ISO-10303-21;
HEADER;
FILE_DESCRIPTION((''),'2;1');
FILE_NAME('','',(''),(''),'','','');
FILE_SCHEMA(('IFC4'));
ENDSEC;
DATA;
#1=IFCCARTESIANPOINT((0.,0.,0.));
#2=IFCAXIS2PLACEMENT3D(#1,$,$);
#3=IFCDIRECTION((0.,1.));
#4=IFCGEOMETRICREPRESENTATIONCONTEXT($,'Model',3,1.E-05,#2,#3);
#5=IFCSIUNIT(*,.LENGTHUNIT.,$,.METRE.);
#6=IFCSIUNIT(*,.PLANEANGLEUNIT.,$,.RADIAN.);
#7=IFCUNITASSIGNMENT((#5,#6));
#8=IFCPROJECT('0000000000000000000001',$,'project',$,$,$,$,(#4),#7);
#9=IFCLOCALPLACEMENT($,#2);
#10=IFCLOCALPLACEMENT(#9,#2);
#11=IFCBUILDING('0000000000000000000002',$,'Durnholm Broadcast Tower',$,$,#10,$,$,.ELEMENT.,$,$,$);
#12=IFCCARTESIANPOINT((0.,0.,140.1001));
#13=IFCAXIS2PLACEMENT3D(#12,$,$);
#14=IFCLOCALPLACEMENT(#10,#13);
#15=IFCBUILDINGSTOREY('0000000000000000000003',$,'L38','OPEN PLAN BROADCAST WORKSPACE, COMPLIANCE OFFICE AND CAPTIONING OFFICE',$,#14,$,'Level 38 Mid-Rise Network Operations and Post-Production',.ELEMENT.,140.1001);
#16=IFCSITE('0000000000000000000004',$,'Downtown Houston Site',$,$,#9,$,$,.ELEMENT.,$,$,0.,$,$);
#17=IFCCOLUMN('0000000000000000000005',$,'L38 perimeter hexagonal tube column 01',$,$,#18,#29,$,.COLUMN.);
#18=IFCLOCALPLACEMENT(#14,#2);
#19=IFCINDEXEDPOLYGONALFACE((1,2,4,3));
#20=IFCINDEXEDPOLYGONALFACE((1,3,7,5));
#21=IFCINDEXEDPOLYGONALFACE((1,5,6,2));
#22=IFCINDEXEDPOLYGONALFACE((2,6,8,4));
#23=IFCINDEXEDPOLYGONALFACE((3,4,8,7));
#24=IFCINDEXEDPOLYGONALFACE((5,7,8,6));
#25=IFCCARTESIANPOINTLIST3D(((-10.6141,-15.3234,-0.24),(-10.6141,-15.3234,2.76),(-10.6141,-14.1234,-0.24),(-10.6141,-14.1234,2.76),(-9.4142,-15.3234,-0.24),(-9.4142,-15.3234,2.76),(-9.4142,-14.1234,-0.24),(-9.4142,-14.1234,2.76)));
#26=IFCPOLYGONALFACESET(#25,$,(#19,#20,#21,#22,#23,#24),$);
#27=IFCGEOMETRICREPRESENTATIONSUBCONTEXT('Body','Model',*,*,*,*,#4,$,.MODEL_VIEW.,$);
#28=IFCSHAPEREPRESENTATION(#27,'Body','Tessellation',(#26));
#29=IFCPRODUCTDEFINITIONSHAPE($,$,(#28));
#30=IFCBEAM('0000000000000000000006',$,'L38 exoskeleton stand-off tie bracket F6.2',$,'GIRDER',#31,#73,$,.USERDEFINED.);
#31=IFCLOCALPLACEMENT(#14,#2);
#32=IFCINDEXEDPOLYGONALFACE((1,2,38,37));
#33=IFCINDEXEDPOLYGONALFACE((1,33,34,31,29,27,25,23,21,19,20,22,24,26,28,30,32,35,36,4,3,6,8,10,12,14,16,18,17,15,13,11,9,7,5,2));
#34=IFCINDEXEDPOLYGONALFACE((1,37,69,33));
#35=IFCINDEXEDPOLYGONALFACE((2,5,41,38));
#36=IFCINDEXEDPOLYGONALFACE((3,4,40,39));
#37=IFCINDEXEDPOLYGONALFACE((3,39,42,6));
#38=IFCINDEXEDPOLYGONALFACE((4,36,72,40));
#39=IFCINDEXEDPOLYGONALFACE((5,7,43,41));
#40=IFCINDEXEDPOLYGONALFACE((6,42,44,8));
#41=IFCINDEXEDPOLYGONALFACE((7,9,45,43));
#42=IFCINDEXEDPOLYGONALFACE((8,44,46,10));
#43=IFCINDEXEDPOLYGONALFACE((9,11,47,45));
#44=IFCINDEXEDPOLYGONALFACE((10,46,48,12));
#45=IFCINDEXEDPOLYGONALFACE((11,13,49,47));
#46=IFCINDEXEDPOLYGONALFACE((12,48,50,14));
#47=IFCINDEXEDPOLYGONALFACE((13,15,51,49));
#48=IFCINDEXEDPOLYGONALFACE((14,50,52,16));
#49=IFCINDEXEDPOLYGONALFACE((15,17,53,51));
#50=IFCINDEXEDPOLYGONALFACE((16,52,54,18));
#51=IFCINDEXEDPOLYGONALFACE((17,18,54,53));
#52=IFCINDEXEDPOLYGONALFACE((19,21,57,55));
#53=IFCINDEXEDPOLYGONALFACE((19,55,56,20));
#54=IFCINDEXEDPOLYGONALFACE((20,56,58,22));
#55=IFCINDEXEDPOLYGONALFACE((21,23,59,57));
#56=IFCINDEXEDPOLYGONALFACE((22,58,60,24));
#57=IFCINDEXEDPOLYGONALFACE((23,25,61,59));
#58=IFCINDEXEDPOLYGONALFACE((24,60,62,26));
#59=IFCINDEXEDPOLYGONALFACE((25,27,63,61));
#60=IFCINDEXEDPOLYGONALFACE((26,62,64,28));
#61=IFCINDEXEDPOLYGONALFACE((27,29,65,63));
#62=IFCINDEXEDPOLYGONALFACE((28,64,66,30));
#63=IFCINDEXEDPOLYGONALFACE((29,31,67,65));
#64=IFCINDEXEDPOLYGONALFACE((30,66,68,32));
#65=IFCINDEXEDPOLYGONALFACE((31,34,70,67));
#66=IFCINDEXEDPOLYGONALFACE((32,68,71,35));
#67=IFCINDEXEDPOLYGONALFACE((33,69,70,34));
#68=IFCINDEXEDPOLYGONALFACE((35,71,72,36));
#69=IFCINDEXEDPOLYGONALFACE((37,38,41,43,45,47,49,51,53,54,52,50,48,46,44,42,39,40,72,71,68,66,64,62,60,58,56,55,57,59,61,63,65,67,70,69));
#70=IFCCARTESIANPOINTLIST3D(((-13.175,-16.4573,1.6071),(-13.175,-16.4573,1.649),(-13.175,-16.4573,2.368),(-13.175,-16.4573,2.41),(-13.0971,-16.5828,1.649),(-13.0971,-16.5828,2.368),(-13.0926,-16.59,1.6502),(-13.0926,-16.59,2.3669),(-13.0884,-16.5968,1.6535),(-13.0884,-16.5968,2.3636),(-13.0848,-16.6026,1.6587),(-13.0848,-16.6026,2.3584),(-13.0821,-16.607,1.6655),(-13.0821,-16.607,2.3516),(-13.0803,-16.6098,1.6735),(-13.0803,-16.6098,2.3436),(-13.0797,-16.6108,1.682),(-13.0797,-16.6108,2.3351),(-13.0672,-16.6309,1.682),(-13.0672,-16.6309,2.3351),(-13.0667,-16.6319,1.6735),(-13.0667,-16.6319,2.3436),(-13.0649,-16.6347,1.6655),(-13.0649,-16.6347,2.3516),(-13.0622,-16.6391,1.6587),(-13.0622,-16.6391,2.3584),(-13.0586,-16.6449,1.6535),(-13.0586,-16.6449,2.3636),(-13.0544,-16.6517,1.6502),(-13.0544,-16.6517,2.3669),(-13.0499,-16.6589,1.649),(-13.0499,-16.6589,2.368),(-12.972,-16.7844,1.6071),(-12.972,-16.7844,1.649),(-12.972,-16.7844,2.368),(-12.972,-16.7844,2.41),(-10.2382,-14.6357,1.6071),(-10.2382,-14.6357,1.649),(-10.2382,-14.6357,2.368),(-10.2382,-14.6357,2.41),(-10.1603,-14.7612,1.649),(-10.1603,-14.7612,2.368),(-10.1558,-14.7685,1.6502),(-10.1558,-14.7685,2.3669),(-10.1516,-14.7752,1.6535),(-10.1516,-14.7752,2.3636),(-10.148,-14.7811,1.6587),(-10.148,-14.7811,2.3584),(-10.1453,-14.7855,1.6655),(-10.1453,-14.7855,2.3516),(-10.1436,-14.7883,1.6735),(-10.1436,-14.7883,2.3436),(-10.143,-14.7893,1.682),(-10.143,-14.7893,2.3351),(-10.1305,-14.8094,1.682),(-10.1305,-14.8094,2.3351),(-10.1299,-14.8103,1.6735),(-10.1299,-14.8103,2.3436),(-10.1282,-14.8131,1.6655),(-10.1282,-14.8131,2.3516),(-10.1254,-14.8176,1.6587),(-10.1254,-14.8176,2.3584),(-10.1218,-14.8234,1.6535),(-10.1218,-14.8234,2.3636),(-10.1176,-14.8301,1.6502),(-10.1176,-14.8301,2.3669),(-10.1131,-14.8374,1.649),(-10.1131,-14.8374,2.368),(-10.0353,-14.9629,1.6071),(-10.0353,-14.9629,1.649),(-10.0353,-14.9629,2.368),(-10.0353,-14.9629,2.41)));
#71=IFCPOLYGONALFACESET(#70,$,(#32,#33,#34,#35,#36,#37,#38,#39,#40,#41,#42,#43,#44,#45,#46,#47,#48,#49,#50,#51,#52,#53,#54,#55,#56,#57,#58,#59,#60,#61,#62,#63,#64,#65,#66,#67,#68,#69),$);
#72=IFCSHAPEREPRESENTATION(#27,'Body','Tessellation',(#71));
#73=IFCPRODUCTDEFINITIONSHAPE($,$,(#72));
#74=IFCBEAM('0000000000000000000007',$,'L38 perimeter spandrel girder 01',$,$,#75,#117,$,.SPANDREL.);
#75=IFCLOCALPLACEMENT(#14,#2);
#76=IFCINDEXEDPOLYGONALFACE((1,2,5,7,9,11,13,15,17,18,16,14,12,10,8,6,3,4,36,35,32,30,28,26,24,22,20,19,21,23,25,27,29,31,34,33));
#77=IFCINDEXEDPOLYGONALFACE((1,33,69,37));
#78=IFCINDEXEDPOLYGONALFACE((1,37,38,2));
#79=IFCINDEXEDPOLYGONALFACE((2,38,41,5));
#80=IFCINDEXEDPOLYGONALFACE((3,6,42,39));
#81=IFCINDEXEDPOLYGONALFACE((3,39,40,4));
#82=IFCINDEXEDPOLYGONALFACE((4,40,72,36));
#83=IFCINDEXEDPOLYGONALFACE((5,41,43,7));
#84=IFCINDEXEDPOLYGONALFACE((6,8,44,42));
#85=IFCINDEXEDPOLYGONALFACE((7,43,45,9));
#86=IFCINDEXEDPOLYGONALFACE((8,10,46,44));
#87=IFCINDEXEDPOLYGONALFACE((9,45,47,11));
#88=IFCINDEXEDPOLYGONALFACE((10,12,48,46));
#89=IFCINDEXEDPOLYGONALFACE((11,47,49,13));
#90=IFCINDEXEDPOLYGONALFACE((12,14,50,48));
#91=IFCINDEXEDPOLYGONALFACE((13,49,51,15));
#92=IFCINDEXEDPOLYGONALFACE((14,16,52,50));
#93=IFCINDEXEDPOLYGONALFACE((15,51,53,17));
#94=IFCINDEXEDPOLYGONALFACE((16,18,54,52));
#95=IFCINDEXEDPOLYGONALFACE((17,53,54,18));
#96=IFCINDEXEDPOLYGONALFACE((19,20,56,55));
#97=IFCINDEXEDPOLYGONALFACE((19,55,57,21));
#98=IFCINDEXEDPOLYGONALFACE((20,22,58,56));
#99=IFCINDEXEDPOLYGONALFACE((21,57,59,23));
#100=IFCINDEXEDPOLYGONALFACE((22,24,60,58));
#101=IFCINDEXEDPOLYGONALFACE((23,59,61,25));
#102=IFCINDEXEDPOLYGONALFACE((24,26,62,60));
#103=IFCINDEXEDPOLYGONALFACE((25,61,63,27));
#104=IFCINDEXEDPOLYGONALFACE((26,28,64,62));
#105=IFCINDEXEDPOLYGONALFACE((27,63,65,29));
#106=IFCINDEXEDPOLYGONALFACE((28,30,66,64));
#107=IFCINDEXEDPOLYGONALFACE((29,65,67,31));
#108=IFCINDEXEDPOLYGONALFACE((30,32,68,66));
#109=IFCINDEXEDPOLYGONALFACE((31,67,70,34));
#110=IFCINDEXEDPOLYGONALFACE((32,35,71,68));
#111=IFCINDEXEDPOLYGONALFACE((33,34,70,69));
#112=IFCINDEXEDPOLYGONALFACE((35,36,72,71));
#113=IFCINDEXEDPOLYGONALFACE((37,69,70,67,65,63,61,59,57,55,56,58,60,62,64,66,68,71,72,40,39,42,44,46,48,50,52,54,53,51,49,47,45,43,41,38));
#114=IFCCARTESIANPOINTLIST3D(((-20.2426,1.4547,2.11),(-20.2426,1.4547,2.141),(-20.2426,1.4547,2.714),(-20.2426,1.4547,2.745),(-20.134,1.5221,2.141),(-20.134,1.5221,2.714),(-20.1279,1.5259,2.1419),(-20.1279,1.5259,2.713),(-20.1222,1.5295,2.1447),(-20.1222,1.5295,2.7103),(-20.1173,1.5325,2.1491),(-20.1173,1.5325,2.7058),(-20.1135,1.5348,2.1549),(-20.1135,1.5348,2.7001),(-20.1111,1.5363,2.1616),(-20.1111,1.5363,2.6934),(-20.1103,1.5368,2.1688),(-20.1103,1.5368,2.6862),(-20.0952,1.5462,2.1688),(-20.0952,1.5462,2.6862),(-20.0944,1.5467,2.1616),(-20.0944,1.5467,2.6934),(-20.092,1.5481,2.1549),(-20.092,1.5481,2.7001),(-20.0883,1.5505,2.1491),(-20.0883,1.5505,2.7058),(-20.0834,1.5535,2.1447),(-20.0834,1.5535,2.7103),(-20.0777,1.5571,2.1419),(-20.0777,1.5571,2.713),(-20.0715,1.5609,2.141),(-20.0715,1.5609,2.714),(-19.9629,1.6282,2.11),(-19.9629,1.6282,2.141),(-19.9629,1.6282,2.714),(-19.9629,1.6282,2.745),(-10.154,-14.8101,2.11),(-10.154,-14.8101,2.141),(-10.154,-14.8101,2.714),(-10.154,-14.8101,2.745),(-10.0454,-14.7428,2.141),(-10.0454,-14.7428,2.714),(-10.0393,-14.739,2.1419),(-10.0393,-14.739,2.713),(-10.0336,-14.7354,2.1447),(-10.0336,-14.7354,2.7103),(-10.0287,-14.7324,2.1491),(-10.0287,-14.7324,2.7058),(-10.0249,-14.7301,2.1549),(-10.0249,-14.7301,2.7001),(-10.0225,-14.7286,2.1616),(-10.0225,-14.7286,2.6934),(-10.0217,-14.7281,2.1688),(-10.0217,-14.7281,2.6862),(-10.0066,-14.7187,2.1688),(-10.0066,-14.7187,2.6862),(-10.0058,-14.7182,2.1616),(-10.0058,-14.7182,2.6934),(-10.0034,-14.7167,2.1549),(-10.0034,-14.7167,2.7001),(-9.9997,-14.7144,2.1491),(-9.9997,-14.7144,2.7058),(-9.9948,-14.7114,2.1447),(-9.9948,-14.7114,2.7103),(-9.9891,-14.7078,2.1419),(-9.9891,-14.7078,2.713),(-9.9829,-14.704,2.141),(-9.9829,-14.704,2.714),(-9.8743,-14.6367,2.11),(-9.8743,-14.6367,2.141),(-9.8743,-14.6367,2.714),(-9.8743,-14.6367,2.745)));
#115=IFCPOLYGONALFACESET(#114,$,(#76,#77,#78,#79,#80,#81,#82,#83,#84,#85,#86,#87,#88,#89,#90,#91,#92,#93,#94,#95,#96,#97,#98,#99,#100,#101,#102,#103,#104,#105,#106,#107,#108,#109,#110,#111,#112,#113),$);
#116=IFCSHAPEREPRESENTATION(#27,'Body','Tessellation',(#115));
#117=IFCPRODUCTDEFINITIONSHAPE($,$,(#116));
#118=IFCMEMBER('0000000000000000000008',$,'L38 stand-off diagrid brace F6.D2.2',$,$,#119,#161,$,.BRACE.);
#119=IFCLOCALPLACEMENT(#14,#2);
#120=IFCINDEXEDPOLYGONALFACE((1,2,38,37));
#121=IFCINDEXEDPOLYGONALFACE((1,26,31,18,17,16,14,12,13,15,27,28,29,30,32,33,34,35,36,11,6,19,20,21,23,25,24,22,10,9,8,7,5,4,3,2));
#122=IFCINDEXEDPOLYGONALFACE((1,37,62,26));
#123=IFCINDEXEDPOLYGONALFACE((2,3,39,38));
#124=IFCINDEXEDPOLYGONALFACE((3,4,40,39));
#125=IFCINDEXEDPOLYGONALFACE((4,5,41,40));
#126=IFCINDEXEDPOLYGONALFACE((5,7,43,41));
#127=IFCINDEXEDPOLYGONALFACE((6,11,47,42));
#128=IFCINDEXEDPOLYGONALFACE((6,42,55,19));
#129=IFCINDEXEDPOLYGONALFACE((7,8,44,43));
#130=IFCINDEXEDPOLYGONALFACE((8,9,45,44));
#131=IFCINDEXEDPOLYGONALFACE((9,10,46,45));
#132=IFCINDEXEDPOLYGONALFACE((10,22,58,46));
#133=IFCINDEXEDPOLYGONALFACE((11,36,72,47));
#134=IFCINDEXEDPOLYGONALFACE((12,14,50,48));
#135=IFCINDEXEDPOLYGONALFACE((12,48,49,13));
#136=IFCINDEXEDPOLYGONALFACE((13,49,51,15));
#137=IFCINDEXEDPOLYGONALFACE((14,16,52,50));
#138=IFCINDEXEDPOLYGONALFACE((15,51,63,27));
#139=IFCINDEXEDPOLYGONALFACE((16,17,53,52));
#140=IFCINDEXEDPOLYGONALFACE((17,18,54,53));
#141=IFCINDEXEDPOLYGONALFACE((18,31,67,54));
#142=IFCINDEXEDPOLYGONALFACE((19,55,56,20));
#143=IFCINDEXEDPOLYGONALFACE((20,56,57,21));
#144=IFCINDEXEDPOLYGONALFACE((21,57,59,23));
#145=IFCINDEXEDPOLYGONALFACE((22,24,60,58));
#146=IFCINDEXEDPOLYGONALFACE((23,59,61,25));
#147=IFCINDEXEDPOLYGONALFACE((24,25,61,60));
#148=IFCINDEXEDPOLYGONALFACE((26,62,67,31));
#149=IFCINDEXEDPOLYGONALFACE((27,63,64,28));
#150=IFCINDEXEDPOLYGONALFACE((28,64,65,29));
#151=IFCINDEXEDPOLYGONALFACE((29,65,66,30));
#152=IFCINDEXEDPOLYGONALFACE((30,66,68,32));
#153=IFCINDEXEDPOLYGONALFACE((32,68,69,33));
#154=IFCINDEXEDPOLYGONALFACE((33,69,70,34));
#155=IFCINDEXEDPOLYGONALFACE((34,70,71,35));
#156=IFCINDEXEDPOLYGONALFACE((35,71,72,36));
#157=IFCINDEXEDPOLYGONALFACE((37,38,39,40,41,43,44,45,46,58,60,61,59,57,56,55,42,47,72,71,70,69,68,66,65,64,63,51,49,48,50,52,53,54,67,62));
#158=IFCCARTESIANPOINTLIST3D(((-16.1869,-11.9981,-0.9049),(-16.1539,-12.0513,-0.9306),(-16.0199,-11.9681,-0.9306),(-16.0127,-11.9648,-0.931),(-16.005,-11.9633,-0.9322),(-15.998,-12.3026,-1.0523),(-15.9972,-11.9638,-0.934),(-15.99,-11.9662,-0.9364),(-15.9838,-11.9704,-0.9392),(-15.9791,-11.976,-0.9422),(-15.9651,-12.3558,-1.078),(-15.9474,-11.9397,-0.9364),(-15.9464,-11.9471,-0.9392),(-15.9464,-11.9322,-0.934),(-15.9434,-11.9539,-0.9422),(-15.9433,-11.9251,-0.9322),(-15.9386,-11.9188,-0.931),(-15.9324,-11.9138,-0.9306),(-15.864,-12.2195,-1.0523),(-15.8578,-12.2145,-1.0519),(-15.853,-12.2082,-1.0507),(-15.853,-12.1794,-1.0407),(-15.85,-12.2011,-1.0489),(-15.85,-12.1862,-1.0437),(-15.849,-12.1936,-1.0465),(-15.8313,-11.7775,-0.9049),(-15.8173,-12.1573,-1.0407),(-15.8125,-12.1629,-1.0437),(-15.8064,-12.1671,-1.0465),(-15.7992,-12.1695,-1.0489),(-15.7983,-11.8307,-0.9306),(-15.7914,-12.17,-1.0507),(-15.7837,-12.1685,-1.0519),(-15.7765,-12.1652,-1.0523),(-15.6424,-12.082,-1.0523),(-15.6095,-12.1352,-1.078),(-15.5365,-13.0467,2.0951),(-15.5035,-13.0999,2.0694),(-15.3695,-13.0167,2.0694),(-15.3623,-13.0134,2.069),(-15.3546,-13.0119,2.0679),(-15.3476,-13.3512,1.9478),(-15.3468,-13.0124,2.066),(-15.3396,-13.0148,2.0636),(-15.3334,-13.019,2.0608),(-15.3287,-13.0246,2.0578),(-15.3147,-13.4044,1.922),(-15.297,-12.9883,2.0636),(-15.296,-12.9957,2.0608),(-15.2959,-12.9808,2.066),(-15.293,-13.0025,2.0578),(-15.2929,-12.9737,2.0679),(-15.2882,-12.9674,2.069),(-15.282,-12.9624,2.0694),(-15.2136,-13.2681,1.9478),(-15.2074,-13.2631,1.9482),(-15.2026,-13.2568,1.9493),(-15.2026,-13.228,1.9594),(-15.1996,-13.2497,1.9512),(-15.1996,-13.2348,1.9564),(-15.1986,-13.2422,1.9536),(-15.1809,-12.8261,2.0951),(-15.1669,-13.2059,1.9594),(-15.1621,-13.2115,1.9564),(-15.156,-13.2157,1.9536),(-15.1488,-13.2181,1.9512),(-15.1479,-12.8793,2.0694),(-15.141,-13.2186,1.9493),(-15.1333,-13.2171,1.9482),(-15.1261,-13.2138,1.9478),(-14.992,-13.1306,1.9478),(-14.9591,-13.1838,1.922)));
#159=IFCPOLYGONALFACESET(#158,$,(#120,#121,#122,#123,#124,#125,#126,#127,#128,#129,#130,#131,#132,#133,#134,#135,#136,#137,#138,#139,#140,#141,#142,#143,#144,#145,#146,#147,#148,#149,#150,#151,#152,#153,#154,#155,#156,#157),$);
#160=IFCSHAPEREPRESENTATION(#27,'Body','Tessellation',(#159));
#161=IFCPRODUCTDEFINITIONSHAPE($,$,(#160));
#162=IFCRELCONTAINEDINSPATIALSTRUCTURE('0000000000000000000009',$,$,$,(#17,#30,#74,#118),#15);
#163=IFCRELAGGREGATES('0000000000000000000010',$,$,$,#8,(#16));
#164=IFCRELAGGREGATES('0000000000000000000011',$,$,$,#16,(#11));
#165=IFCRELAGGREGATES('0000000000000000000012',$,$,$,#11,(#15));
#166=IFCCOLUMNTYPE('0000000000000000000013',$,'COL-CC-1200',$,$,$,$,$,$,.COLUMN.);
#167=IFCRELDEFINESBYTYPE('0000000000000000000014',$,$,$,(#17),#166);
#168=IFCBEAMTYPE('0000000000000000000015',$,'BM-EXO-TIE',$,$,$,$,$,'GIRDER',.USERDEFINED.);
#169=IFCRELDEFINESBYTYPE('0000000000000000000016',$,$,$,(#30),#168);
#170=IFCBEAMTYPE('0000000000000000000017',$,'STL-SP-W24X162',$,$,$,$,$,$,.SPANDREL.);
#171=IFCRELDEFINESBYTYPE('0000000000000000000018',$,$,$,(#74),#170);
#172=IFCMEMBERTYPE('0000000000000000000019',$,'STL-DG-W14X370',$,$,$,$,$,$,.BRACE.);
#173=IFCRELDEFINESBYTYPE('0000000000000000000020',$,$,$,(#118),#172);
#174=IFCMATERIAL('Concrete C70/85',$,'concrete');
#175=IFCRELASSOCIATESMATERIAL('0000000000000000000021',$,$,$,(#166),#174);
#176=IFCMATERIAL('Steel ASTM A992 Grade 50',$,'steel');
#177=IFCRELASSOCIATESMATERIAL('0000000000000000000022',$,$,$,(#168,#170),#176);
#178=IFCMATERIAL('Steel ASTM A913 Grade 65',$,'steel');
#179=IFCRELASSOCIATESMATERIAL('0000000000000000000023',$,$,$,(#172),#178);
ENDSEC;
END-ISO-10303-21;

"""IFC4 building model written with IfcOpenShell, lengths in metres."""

from ifc_helpers import new_model, si_unit, direction, frame, origin, origin_2d, place, context, subcontext, project, spatial, rectangle, i_section, extrude, source, transform, mapped, material, material_profile, profile_set, type_object, type_shapes, element, save


model = new_model("IFC4")

# Units and contexts
model_context = context("Model", 3, precision=1e-05, world=origin(), true_north=direction((0.0, 1.0)))
body_context = subcontext(model_context, "Body", "Model", "MODEL_VIEW")
ifc_project = project(units=[si_unit("LENGTHUNIT", "METRE"), si_unit("PLANEANGLEUNIT", "RADIAN")], contexts=[model_context])

# Site, building, storey
site_placement = place(None, origin())
site = spatial("IfcSite", under=ifc_project, at=site_placement, Name="Downtown Houston Site", CompositionType="ELEMENT", RefElevation=0.0)
building_placement = place(site_placement, origin())
building = spatial("IfcBuilding", under=site, at=building_placement, Name="Durnholm Broadcast Tower", CompositionType="ELEMENT")
storey_placement = place(building_placement, frame((0.0, 0.0, 140.1001)))
storey = spatial("IfcBuildingStorey", under=building, at=storey_placement, Name="L38", Description="OPEN PLAN BROADCAST WORKSPACE, COMPLIANCE OFFICE AND CAPTIONING OFFICE", LongName="Level 38 Mid-Rise Network Operations and Post-Production", CompositionType="ELEMENT", Elevation=140.1001)

# Column
ifc_material_1 = material(Name="Concrete C70/85", Category="concrete")
ifc_material_profile_1 = material_profile(ifc_material_1, rectangle(XDim=1.2, YDim=1.2, at=origin_2d()), Name="RC1200X1200")
ifc_profile_set_1 = profile_set([ifc_material_profile_1], Name="Concrete C70/85")
column_type = type_object("IfcColumnType", Name="COL-CC-1200", PredefinedType="COLUMN", material=ifc_profile_set_1)
shared_shape_1 = source(origin(), body_context, "Body", "SweptSolid", [
    extrude(rectangle(XDim=1.2, YDim=1.2, at=origin_2d()), origin(), (0.0, 0.0, 1.0), 3.0),
])
type_shapes(column_type, [shared_shape_1])
column_placement = place(storey_placement, frame((-10.0142, -14.7234, -0.24), z_axis=(0.0, 0.0, 1.0), x_axis=(1.0, 0.0, 0.0)))
element("IfcColumn", 1, at=column_placement, inside=storey, type_object=column_type, Name="L38 perimeter hexagonal tube column 01", PredefinedType="COLUMN", context=body_context, shape_type="MappedRepresentation", body=[
    mapped(shared_shape_1, transform((0.0, 0.0, 0.0), x_axis=(1.0, 0.0, 0.0), y_axis=(0.0, 1.0, 0.0), z_axis=(0.0, 0.0, 1.0), scale=1.0)),
])

# Beams
ifc_material_2 = material(Name="Steel ASTM A992 Grade 50", Category="steel")
ifc_material_profile_2 = material_profile(ifc_material_2, i_section(OverallWidth=0.385, OverallDepth=0.803, WebThickness=0.0237, FlangeThickness=0.042, FilletRadius=0.033, at=origin_2d()), Name="W30X261")
ifc_profile_set_2 = profile_set([ifc_material_profile_2], Name="Steel ASTM A992 Grade 50")
beam_type_1 = type_object("IfcBeamType", Name="BM-EXO-TIE", ElementType="GIRDER", PredefinedType="USERDEFINED", material=ifc_profile_set_2)
shared_shape_2 = source(origin(), body_context, "Body", "SweptSolid", [
    extrude(i_section(OverallWidth=0.385, OverallDepth=0.803, WebThickness=0.0237, FlangeThickness=0.042, FilletRadius=0.033, at=origin_2d()), origin(), (0.0, 0.0, 1.0), 3.4558),
])
type_shapes(beam_type_1, [shared_shape_2])
beam_1_placement = place(storey_placement, frame((-10.1367, -14.7993, 2.0085), z_axis=(-0.849807, -0.527094, 0.0), x_axis=(0.527094, -0.849807, 0.0)))
element("IfcBeam", 2, at=beam_1_placement, inside=storey, type_object=beam_type_1, Name="L38 exoskeleton stand-off tie bracket F6.2", ObjectType="GIRDER", PredefinedType="USERDEFINED", context=body_context, shape_type="MappedRepresentation", body=[
    mapped(shared_shape_2, transform((0.0, 0.0, 0.0), x_axis=(1.0, 0.0, 0.0), y_axis=(0.0, 1.0, 0.0), z_axis=(0.0, 0.0, 1.0), scale=1.0)),
])
ifc_material_profile_3 = material_profile(ifc_material_2, i_section(OverallWidth=0.3291, OverallDepth=0.635, WebThickness=0.0178, FlangeThickness=0.031, FilletRadius=0.0278, at=origin_2d()), Name="W24X162")
ifc_profile_set_3 = profile_set([ifc_material_profile_3], Name="Steel ASTM A992 Grade 50")
beam_type_2 = type_object("IfcBeamType", Name="STL-SP-W24X162", PredefinedType="SPANDREL", material=ifc_profile_set_3)
shared_shape_3 = source(origin(), body_context, "Body", "SweptSolid", [
    extrude(i_section(OverallWidth=0.3291, OverallDepth=0.635, WebThickness=0.0178, FlangeThickness=0.031, FilletRadius=0.0278, at=origin_2d()), origin(), (0.0, 0.0, 1.0), 19.1396),
])
type_shapes(beam_type_2, [shared_shape_3])
beam_2_placement = place(storey_placement, frame((-10.0142, -14.7234, 2.4275), z_axis=(-0.527105, 0.8498, 0.0), x_axis=(-0.8498, -0.527105, 0.0)))
element("IfcBeam", 3, at=beam_2_placement, inside=storey, type_object=beam_type_2, Name="L38 perimeter spandrel girder 01", PredefinedType="SPANDREL", context=body_context, shape_type="MappedRepresentation", body=[
    mapped(shared_shape_3, transform((0.0, 0.0, 0.0), x_axis=(1.0, 0.0, 0.0), y_axis=(0.0, 1.0, 0.0), z_axis=(0.0, 0.0, 1.0), scale=1.0)),
])

# Member
ifc_material_3 = material(Name="Steel ASTM A913 Grade 65", Category="steel")
ifc_material_profile_4 = material_profile(ifc_material_3, i_section(OverallWidth=0.4185, OverallDepth=0.4551, WebThickness=0.042, FlangeThickness=0.0676, FilletRadius=0.0305, at=origin_2d()), Name="W14X370")
ifc_profile_set_4 = profile_set([ifc_material_profile_4], Name="Steel ASTM A913 Grade 65")
member_type_1 = type_object("IfcMemberType", Name="STL-DG-W14X370", PredefinedType="BRACE", material=ifc_profile_set_4)
shared_shape_4 = source(origin(), body_context, "Body", "SweptSolid", [
    extrude(i_section(OverallWidth=0.4185, OverallDepth=0.4551, WebThickness=0.042, FlangeThickness=0.0676, FilletRadius=0.0305, at=origin_2d()), origin(), (0.0, 0.0, 1.0), 3.2439),
])
member_1_placement = place(storey_placement, frame((-15.8982, -12.0667, -0.9915), z_axis=(0.2005, -0.323253, 0.924828), x_axis=(0.849805, 0.527097, 0.0)))
element("IfcMember", 4, at=member_1_placement, inside=storey, type_object=member_type_1, Name="L38 stand-off diagrid brace F6.D2.2", PredefinedType="BRACE", context=body_context, shape_type="MappedRepresentation", body=[
    mapped(shared_shape_4, transform((0.0, 0.0, 0.0), x_axis=(1.0, 0.0, 0.0), y_axis=(0.0, 1.0, 0.0), z_axis=(0.0, 0.0, 1.0), scale=1.0)),
])

save(model, "model.ifc")
